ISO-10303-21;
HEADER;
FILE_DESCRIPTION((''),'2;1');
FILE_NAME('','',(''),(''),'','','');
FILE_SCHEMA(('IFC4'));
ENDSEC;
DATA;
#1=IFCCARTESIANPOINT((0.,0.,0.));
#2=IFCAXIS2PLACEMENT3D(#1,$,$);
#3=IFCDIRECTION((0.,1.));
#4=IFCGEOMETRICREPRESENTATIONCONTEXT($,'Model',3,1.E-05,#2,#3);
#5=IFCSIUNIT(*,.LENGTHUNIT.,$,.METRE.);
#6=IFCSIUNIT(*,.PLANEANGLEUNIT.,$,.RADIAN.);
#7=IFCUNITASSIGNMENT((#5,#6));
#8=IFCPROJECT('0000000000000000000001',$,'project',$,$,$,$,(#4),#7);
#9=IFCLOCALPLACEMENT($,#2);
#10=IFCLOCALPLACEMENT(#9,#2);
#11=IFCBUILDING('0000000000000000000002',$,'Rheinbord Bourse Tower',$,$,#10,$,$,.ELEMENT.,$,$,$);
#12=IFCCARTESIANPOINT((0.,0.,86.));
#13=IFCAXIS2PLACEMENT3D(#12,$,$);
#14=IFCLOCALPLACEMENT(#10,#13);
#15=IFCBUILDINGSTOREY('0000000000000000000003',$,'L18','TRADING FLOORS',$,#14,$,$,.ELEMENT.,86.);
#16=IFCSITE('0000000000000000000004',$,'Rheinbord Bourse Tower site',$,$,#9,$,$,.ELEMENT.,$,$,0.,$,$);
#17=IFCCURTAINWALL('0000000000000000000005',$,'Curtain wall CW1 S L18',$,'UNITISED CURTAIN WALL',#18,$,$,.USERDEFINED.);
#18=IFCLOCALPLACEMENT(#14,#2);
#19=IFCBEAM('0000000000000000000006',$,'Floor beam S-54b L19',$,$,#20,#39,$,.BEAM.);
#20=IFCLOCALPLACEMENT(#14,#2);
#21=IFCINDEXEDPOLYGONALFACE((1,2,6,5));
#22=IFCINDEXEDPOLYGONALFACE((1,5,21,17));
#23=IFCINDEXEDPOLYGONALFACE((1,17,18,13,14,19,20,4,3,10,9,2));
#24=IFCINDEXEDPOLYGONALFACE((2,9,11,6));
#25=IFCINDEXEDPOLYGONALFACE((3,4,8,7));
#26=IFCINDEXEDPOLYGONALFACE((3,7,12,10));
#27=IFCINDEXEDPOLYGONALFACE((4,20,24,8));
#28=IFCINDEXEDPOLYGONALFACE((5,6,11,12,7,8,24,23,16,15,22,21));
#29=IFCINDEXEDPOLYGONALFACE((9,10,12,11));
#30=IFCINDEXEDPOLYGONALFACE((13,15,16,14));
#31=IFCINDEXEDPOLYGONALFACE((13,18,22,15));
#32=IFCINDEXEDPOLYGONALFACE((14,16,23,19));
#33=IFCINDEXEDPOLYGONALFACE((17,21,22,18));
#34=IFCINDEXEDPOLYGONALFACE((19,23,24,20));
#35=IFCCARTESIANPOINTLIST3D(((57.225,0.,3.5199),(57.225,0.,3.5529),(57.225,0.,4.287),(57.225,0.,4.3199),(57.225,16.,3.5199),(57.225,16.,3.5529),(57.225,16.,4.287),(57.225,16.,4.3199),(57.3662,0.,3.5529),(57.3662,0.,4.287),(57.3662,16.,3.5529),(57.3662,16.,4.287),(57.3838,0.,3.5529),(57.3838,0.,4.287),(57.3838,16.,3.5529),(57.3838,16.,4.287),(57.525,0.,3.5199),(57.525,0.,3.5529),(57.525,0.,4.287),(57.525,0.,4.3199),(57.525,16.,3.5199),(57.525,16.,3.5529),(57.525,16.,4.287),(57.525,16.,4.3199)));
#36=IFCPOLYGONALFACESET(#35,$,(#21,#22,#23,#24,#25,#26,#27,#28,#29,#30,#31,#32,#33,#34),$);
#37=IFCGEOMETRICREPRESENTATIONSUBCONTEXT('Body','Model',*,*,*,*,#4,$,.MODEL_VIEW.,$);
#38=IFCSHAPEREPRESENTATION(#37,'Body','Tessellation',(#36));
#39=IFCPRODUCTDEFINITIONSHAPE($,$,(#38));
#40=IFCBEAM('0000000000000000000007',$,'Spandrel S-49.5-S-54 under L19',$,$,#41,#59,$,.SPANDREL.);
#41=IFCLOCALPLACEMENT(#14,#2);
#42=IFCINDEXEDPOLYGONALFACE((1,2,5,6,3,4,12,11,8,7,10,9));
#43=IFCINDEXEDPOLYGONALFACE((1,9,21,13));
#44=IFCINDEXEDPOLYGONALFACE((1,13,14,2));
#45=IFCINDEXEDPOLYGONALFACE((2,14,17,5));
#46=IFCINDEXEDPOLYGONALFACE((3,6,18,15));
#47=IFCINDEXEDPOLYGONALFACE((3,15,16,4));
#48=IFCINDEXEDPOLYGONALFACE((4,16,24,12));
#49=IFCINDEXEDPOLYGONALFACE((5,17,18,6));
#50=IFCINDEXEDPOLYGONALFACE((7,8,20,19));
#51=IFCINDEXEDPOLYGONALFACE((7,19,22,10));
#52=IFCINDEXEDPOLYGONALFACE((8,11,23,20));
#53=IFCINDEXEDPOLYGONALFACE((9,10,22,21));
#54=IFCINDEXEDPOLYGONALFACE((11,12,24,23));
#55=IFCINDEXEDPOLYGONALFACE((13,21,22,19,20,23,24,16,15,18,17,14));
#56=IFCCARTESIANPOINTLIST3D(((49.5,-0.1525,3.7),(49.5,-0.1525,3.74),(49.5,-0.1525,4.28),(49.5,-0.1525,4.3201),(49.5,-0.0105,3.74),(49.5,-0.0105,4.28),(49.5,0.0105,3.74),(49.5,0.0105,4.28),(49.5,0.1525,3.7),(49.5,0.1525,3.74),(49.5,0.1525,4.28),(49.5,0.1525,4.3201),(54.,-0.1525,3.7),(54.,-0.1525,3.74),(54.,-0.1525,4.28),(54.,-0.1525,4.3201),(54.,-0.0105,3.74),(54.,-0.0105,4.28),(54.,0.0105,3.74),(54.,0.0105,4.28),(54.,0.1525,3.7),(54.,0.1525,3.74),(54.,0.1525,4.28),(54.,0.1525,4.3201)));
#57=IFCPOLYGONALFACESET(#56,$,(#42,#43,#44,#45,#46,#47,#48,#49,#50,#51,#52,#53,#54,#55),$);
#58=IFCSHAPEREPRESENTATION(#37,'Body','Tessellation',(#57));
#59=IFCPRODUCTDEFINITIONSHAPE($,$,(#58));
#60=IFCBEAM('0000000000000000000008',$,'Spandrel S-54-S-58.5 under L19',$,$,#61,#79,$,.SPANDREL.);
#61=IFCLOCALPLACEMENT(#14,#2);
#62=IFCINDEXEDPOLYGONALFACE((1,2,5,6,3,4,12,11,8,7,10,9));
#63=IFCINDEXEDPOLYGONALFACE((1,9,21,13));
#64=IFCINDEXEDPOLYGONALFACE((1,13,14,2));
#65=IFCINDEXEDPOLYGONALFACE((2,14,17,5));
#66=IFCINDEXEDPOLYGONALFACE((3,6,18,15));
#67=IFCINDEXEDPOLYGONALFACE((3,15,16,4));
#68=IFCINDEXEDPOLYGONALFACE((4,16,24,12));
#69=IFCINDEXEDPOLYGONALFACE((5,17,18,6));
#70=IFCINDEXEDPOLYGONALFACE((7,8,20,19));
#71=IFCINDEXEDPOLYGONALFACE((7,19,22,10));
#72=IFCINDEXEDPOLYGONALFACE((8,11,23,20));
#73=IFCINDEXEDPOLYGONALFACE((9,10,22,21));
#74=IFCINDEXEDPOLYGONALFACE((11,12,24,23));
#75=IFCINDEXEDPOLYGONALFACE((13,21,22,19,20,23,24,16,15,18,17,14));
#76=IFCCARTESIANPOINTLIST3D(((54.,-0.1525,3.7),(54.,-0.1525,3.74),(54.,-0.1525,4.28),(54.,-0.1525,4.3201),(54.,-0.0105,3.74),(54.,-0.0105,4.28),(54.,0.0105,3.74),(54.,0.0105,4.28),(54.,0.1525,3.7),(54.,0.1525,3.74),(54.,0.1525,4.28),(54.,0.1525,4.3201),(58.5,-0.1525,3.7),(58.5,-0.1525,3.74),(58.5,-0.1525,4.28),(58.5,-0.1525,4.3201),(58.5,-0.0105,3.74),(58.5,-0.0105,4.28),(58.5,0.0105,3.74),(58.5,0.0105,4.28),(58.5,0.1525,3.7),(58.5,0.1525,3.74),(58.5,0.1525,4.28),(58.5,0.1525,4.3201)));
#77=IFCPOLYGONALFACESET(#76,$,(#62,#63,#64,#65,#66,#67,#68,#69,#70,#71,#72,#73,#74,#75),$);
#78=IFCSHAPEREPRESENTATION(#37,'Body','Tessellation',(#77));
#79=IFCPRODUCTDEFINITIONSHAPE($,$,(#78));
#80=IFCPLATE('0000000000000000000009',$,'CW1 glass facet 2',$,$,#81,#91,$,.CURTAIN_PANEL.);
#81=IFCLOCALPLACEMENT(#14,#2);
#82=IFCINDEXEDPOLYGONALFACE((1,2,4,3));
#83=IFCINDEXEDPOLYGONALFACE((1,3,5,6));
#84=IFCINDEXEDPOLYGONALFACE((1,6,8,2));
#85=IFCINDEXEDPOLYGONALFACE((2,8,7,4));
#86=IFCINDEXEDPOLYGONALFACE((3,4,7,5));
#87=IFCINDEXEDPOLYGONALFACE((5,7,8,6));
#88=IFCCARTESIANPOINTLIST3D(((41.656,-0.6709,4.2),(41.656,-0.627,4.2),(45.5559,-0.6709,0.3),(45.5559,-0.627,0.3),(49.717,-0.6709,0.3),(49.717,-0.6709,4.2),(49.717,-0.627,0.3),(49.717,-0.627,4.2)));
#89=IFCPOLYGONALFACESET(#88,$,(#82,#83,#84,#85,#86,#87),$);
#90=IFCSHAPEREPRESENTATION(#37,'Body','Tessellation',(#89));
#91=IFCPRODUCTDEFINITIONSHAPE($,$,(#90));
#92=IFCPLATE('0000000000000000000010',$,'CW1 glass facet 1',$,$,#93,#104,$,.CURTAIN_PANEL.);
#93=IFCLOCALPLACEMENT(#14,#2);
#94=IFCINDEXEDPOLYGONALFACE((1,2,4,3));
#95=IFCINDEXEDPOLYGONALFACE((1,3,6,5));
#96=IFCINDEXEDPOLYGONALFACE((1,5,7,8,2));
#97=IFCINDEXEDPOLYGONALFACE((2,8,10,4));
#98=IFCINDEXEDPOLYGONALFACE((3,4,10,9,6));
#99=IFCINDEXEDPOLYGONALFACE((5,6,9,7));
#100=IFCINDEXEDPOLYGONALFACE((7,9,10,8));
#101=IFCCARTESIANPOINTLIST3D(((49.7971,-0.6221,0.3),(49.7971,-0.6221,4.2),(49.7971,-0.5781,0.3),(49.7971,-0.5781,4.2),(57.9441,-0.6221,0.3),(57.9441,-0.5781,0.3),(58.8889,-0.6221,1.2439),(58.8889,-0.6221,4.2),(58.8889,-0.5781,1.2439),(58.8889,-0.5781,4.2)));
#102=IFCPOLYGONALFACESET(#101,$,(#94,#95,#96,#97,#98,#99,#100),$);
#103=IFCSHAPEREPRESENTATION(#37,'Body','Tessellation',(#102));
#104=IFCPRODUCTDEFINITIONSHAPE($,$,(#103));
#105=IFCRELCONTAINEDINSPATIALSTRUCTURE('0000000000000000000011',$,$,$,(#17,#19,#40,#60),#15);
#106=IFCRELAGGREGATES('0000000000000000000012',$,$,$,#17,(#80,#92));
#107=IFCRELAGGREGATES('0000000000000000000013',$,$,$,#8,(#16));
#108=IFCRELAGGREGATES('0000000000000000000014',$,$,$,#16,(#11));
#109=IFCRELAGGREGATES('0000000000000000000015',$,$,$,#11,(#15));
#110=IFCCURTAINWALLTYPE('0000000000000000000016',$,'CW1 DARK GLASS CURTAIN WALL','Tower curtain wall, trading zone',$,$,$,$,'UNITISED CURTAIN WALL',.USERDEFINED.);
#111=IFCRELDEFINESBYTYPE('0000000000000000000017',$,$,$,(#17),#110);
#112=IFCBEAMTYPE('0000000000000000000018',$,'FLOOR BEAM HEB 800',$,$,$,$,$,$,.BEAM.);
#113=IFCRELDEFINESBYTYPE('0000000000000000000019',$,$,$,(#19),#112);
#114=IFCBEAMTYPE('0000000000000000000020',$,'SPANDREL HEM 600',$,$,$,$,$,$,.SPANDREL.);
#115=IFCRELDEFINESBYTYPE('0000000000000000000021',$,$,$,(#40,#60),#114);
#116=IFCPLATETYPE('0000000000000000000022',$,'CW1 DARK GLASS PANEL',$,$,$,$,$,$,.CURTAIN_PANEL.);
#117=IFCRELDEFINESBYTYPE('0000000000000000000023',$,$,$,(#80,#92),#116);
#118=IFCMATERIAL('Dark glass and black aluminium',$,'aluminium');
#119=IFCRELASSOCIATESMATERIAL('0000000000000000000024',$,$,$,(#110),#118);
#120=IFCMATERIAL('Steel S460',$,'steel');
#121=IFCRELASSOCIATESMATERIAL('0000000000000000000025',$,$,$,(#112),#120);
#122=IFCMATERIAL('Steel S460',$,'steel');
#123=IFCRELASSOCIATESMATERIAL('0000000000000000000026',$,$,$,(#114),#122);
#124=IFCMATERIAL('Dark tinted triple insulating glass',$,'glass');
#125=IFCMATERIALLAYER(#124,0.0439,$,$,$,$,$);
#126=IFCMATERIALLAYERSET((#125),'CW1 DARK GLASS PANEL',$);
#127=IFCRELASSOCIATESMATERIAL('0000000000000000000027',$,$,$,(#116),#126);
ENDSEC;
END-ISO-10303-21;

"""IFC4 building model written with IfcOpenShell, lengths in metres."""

from ifc_helpers import new_model, si_unit, direction, frame, origin, origin_2d, place, context, subcontext, project, spatial, polyline, i_section, outline, extrude, material, layer, layer_set, material_profile, profile_set, type_object, element, aggregate, save


model = new_model("IFC4")

# Units and contexts
model_context = context("Model", 3, precision=1e-05, world=origin(), true_north=direction((0.0, 1.0)))
body_context = subcontext(model_context, "Body", "Model", "MODEL_VIEW")
ifc_project = project(units=[si_unit("LENGTHUNIT", "METRE"), si_unit("PLANEANGLEUNIT", "RADIAN")], contexts=[model_context])

# Site, building, storey
site_placement = place(None, origin())
site = spatial("IfcSite", under=ifc_project, at=site_placement, Name="Rheinbord Bourse Tower site", CompositionType="ELEMENT", RefElevation=0.0)
building_placement = place(site_placement, origin())
building = spatial("IfcBuilding", under=site, at=building_placement, Name="Rheinbord Bourse Tower", CompositionType="ELEMENT")
storey_placement = place(building_placement, frame((0.0, 0.0, 86.0)))
storey = spatial("IfcBuildingStorey", under=building, at=storey_placement, Name="L18", Description="TRADING FLOORS", CompositionType="ELEMENT", Elevation=86.0)

# Curtain wall
ifc_material_1 = material(Name="Dark glass and black aluminium", Category="aluminium")
curtain_wall_type = type_object("IfcCurtainWallType", Name="CW1 DARK GLASS CURTAIN WALL", Description="Tower curtain wall, trading zone", ElementType="UNITISED CURTAIN WALL", PredefinedType="USERDEFINED", material=ifc_material_1)
curtain_wall_placement = place(storey_placement, origin())
curtain_wall = element("IfcCurtainWall", 1, at=curtain_wall_placement, inside=storey, type_object=curtain_wall_type, Name="Curtain wall CW1 S L18", ObjectType="UNITISED CURTAIN WALL", PredefinedType="USERDEFINED")

# Beams
ifc_material_2 = material(Name="Steel S460", Category="steel")
ifc_material_profile_1 = material_profile(ifc_material_2, i_section(OverallWidth=0.3, OverallDepth=0.8, WebThickness=0.0176, FlangeThickness=0.033, at=origin_2d()), Name="HEB 800")
ifc_profile_set_1 = profile_set([ifc_material_profile_1], Name="Steel S460")
beam_type_1 = type_object("IfcBeamType", Name="FLOOR BEAM HEB 800", PredefinedType="BEAM", material=ifc_profile_set_1)
for number, where, z_axis, x_axis, name in (
    (2, (57.375, 0.0, 3.9199), (0.0, 1.0, 0.0), (-1.0, 0.0, 0.0), "Floor beam S-54b L19"),
):
    element("IfcBeam", number, at=place(storey_placement, frame(where, z_axis=z_axis, x_axis=x_axis)), inside=storey, type_object=beam_type_1, Name=name, PredefinedType="BEAM", context=body_context, shape_type="SweptSolid", body=[
        extrude(i_section(OverallWidth=0.3, OverallDepth=0.8, WebThickness=0.0176, FlangeThickness=0.033, at=origin_2d()), origin(), (0.0, 0.0, 1.0), 16.0),
    ])
ifc_material_3 = material(Name="Steel S460", Category="steel")
ifc_material_profile_2 = material_profile(ifc_material_3, i_section(OverallWidth=0.3049, OverallDepth=0.6201, WebThickness=0.021, FlangeThickness=0.04, at=origin_2d()), Name="HEM 600")
ifc_profile_set_2 = profile_set([ifc_material_profile_2], Name="Steel S460")
beam_type_2 = type_object("IfcBeamType", Name="SPANDREL HEM 600", PredefinedType="SPANDREL", material=ifc_profile_set_2)
for number, where, z_axis, x_axis, name in (
    (3, (49.5, 0.0, 4.01), (1.0, 0.0, 0.0), (0.0, 1.0, 0.0), "Spandrel S-49.5-S-54 under L19"),
    (4, (54.0, 0.0, 4.01), (1.0, 0.0, 0.0), (0.0, 1.0, 0.0), "Spandrel S-54-S-58.5 under L19"),
):
    element("IfcBeam", number, at=place(storey_placement, frame(where, z_axis=z_axis, x_axis=x_axis)), inside=storey, type_object=beam_type_2, Name=name, PredefinedType="SPANDREL", context=body_context, shape_type="SweptSolid", body=[
        extrude(i_section(OverallWidth=0.3049, OverallDepth=0.6201, WebThickness=0.021, FlangeThickness=0.04, at=origin_2d()), origin(), (0.0, 0.0, 1.0), 4.5),
    ])

# Plates
ifc_material_4 = material(Name="Dark tinted triple insulating glass", Category="glass")
ifc_layer = layer(ifc_material_4, 0.0439)
ifc_layer_set = layer_set([ifc_layer], Name="CW1 DARK GLASS PANEL")
plate_type = type_object("IfcPlateType", Name="CW1 DARK GLASS PANEL", PredefinedType="CURTAIN_PANEL", material=ifc_layer_set)
plate_1_placement = place(storey_placement, frame((49.717, -0.6709, 4.2), z_axis=(0.0, 1.0, 0.0), x_axis=(0.0, 0.0, -1.0)))
plate_1 = element("IfcPlate", 5, at=plate_1_placement, type_object=plate_type, Name="CW1 glass facet 2", PredefinedType="CURTAIN_PANEL", context=body_context, shape_type="SweptSolid", body=[
    extrude(outline(polyline([(0.0, 0.0), (3.8999, 0.0), (3.8999, 4.1611), (0.0, 8.061), (0.0, 0.0)])), origin(), (0.0, 0.0, 1.0), 0.0439),
])
plate_2_placement = place(storey_placement, frame((49.7971, -0.6221, 0.3), z_axis=(0.0, 1.0, 0.0), x_axis=(0.0, 0.0, 1.0)))
plate_2 = element("IfcPlate", 6, at=plate_2_placement, type_object=plate_type, Name="CW1 glass facet 1", PredefinedType="CURTAIN_PANEL", context=body_context, shape_type="SweptSolid", body=[
    extrude(outline(polyline([(0.0, 0.0), (3.8999, 0.0), (3.8999, 9.0918), (0.9438, 9.0918), (0.0, 8.147), (0.0, 0.0)])), origin(), (0.0, 0.0, 1.0), 0.0439),
])
aggregate(curtain_wall, [plate_1, plate_2])

save(model, "model.ifc")
